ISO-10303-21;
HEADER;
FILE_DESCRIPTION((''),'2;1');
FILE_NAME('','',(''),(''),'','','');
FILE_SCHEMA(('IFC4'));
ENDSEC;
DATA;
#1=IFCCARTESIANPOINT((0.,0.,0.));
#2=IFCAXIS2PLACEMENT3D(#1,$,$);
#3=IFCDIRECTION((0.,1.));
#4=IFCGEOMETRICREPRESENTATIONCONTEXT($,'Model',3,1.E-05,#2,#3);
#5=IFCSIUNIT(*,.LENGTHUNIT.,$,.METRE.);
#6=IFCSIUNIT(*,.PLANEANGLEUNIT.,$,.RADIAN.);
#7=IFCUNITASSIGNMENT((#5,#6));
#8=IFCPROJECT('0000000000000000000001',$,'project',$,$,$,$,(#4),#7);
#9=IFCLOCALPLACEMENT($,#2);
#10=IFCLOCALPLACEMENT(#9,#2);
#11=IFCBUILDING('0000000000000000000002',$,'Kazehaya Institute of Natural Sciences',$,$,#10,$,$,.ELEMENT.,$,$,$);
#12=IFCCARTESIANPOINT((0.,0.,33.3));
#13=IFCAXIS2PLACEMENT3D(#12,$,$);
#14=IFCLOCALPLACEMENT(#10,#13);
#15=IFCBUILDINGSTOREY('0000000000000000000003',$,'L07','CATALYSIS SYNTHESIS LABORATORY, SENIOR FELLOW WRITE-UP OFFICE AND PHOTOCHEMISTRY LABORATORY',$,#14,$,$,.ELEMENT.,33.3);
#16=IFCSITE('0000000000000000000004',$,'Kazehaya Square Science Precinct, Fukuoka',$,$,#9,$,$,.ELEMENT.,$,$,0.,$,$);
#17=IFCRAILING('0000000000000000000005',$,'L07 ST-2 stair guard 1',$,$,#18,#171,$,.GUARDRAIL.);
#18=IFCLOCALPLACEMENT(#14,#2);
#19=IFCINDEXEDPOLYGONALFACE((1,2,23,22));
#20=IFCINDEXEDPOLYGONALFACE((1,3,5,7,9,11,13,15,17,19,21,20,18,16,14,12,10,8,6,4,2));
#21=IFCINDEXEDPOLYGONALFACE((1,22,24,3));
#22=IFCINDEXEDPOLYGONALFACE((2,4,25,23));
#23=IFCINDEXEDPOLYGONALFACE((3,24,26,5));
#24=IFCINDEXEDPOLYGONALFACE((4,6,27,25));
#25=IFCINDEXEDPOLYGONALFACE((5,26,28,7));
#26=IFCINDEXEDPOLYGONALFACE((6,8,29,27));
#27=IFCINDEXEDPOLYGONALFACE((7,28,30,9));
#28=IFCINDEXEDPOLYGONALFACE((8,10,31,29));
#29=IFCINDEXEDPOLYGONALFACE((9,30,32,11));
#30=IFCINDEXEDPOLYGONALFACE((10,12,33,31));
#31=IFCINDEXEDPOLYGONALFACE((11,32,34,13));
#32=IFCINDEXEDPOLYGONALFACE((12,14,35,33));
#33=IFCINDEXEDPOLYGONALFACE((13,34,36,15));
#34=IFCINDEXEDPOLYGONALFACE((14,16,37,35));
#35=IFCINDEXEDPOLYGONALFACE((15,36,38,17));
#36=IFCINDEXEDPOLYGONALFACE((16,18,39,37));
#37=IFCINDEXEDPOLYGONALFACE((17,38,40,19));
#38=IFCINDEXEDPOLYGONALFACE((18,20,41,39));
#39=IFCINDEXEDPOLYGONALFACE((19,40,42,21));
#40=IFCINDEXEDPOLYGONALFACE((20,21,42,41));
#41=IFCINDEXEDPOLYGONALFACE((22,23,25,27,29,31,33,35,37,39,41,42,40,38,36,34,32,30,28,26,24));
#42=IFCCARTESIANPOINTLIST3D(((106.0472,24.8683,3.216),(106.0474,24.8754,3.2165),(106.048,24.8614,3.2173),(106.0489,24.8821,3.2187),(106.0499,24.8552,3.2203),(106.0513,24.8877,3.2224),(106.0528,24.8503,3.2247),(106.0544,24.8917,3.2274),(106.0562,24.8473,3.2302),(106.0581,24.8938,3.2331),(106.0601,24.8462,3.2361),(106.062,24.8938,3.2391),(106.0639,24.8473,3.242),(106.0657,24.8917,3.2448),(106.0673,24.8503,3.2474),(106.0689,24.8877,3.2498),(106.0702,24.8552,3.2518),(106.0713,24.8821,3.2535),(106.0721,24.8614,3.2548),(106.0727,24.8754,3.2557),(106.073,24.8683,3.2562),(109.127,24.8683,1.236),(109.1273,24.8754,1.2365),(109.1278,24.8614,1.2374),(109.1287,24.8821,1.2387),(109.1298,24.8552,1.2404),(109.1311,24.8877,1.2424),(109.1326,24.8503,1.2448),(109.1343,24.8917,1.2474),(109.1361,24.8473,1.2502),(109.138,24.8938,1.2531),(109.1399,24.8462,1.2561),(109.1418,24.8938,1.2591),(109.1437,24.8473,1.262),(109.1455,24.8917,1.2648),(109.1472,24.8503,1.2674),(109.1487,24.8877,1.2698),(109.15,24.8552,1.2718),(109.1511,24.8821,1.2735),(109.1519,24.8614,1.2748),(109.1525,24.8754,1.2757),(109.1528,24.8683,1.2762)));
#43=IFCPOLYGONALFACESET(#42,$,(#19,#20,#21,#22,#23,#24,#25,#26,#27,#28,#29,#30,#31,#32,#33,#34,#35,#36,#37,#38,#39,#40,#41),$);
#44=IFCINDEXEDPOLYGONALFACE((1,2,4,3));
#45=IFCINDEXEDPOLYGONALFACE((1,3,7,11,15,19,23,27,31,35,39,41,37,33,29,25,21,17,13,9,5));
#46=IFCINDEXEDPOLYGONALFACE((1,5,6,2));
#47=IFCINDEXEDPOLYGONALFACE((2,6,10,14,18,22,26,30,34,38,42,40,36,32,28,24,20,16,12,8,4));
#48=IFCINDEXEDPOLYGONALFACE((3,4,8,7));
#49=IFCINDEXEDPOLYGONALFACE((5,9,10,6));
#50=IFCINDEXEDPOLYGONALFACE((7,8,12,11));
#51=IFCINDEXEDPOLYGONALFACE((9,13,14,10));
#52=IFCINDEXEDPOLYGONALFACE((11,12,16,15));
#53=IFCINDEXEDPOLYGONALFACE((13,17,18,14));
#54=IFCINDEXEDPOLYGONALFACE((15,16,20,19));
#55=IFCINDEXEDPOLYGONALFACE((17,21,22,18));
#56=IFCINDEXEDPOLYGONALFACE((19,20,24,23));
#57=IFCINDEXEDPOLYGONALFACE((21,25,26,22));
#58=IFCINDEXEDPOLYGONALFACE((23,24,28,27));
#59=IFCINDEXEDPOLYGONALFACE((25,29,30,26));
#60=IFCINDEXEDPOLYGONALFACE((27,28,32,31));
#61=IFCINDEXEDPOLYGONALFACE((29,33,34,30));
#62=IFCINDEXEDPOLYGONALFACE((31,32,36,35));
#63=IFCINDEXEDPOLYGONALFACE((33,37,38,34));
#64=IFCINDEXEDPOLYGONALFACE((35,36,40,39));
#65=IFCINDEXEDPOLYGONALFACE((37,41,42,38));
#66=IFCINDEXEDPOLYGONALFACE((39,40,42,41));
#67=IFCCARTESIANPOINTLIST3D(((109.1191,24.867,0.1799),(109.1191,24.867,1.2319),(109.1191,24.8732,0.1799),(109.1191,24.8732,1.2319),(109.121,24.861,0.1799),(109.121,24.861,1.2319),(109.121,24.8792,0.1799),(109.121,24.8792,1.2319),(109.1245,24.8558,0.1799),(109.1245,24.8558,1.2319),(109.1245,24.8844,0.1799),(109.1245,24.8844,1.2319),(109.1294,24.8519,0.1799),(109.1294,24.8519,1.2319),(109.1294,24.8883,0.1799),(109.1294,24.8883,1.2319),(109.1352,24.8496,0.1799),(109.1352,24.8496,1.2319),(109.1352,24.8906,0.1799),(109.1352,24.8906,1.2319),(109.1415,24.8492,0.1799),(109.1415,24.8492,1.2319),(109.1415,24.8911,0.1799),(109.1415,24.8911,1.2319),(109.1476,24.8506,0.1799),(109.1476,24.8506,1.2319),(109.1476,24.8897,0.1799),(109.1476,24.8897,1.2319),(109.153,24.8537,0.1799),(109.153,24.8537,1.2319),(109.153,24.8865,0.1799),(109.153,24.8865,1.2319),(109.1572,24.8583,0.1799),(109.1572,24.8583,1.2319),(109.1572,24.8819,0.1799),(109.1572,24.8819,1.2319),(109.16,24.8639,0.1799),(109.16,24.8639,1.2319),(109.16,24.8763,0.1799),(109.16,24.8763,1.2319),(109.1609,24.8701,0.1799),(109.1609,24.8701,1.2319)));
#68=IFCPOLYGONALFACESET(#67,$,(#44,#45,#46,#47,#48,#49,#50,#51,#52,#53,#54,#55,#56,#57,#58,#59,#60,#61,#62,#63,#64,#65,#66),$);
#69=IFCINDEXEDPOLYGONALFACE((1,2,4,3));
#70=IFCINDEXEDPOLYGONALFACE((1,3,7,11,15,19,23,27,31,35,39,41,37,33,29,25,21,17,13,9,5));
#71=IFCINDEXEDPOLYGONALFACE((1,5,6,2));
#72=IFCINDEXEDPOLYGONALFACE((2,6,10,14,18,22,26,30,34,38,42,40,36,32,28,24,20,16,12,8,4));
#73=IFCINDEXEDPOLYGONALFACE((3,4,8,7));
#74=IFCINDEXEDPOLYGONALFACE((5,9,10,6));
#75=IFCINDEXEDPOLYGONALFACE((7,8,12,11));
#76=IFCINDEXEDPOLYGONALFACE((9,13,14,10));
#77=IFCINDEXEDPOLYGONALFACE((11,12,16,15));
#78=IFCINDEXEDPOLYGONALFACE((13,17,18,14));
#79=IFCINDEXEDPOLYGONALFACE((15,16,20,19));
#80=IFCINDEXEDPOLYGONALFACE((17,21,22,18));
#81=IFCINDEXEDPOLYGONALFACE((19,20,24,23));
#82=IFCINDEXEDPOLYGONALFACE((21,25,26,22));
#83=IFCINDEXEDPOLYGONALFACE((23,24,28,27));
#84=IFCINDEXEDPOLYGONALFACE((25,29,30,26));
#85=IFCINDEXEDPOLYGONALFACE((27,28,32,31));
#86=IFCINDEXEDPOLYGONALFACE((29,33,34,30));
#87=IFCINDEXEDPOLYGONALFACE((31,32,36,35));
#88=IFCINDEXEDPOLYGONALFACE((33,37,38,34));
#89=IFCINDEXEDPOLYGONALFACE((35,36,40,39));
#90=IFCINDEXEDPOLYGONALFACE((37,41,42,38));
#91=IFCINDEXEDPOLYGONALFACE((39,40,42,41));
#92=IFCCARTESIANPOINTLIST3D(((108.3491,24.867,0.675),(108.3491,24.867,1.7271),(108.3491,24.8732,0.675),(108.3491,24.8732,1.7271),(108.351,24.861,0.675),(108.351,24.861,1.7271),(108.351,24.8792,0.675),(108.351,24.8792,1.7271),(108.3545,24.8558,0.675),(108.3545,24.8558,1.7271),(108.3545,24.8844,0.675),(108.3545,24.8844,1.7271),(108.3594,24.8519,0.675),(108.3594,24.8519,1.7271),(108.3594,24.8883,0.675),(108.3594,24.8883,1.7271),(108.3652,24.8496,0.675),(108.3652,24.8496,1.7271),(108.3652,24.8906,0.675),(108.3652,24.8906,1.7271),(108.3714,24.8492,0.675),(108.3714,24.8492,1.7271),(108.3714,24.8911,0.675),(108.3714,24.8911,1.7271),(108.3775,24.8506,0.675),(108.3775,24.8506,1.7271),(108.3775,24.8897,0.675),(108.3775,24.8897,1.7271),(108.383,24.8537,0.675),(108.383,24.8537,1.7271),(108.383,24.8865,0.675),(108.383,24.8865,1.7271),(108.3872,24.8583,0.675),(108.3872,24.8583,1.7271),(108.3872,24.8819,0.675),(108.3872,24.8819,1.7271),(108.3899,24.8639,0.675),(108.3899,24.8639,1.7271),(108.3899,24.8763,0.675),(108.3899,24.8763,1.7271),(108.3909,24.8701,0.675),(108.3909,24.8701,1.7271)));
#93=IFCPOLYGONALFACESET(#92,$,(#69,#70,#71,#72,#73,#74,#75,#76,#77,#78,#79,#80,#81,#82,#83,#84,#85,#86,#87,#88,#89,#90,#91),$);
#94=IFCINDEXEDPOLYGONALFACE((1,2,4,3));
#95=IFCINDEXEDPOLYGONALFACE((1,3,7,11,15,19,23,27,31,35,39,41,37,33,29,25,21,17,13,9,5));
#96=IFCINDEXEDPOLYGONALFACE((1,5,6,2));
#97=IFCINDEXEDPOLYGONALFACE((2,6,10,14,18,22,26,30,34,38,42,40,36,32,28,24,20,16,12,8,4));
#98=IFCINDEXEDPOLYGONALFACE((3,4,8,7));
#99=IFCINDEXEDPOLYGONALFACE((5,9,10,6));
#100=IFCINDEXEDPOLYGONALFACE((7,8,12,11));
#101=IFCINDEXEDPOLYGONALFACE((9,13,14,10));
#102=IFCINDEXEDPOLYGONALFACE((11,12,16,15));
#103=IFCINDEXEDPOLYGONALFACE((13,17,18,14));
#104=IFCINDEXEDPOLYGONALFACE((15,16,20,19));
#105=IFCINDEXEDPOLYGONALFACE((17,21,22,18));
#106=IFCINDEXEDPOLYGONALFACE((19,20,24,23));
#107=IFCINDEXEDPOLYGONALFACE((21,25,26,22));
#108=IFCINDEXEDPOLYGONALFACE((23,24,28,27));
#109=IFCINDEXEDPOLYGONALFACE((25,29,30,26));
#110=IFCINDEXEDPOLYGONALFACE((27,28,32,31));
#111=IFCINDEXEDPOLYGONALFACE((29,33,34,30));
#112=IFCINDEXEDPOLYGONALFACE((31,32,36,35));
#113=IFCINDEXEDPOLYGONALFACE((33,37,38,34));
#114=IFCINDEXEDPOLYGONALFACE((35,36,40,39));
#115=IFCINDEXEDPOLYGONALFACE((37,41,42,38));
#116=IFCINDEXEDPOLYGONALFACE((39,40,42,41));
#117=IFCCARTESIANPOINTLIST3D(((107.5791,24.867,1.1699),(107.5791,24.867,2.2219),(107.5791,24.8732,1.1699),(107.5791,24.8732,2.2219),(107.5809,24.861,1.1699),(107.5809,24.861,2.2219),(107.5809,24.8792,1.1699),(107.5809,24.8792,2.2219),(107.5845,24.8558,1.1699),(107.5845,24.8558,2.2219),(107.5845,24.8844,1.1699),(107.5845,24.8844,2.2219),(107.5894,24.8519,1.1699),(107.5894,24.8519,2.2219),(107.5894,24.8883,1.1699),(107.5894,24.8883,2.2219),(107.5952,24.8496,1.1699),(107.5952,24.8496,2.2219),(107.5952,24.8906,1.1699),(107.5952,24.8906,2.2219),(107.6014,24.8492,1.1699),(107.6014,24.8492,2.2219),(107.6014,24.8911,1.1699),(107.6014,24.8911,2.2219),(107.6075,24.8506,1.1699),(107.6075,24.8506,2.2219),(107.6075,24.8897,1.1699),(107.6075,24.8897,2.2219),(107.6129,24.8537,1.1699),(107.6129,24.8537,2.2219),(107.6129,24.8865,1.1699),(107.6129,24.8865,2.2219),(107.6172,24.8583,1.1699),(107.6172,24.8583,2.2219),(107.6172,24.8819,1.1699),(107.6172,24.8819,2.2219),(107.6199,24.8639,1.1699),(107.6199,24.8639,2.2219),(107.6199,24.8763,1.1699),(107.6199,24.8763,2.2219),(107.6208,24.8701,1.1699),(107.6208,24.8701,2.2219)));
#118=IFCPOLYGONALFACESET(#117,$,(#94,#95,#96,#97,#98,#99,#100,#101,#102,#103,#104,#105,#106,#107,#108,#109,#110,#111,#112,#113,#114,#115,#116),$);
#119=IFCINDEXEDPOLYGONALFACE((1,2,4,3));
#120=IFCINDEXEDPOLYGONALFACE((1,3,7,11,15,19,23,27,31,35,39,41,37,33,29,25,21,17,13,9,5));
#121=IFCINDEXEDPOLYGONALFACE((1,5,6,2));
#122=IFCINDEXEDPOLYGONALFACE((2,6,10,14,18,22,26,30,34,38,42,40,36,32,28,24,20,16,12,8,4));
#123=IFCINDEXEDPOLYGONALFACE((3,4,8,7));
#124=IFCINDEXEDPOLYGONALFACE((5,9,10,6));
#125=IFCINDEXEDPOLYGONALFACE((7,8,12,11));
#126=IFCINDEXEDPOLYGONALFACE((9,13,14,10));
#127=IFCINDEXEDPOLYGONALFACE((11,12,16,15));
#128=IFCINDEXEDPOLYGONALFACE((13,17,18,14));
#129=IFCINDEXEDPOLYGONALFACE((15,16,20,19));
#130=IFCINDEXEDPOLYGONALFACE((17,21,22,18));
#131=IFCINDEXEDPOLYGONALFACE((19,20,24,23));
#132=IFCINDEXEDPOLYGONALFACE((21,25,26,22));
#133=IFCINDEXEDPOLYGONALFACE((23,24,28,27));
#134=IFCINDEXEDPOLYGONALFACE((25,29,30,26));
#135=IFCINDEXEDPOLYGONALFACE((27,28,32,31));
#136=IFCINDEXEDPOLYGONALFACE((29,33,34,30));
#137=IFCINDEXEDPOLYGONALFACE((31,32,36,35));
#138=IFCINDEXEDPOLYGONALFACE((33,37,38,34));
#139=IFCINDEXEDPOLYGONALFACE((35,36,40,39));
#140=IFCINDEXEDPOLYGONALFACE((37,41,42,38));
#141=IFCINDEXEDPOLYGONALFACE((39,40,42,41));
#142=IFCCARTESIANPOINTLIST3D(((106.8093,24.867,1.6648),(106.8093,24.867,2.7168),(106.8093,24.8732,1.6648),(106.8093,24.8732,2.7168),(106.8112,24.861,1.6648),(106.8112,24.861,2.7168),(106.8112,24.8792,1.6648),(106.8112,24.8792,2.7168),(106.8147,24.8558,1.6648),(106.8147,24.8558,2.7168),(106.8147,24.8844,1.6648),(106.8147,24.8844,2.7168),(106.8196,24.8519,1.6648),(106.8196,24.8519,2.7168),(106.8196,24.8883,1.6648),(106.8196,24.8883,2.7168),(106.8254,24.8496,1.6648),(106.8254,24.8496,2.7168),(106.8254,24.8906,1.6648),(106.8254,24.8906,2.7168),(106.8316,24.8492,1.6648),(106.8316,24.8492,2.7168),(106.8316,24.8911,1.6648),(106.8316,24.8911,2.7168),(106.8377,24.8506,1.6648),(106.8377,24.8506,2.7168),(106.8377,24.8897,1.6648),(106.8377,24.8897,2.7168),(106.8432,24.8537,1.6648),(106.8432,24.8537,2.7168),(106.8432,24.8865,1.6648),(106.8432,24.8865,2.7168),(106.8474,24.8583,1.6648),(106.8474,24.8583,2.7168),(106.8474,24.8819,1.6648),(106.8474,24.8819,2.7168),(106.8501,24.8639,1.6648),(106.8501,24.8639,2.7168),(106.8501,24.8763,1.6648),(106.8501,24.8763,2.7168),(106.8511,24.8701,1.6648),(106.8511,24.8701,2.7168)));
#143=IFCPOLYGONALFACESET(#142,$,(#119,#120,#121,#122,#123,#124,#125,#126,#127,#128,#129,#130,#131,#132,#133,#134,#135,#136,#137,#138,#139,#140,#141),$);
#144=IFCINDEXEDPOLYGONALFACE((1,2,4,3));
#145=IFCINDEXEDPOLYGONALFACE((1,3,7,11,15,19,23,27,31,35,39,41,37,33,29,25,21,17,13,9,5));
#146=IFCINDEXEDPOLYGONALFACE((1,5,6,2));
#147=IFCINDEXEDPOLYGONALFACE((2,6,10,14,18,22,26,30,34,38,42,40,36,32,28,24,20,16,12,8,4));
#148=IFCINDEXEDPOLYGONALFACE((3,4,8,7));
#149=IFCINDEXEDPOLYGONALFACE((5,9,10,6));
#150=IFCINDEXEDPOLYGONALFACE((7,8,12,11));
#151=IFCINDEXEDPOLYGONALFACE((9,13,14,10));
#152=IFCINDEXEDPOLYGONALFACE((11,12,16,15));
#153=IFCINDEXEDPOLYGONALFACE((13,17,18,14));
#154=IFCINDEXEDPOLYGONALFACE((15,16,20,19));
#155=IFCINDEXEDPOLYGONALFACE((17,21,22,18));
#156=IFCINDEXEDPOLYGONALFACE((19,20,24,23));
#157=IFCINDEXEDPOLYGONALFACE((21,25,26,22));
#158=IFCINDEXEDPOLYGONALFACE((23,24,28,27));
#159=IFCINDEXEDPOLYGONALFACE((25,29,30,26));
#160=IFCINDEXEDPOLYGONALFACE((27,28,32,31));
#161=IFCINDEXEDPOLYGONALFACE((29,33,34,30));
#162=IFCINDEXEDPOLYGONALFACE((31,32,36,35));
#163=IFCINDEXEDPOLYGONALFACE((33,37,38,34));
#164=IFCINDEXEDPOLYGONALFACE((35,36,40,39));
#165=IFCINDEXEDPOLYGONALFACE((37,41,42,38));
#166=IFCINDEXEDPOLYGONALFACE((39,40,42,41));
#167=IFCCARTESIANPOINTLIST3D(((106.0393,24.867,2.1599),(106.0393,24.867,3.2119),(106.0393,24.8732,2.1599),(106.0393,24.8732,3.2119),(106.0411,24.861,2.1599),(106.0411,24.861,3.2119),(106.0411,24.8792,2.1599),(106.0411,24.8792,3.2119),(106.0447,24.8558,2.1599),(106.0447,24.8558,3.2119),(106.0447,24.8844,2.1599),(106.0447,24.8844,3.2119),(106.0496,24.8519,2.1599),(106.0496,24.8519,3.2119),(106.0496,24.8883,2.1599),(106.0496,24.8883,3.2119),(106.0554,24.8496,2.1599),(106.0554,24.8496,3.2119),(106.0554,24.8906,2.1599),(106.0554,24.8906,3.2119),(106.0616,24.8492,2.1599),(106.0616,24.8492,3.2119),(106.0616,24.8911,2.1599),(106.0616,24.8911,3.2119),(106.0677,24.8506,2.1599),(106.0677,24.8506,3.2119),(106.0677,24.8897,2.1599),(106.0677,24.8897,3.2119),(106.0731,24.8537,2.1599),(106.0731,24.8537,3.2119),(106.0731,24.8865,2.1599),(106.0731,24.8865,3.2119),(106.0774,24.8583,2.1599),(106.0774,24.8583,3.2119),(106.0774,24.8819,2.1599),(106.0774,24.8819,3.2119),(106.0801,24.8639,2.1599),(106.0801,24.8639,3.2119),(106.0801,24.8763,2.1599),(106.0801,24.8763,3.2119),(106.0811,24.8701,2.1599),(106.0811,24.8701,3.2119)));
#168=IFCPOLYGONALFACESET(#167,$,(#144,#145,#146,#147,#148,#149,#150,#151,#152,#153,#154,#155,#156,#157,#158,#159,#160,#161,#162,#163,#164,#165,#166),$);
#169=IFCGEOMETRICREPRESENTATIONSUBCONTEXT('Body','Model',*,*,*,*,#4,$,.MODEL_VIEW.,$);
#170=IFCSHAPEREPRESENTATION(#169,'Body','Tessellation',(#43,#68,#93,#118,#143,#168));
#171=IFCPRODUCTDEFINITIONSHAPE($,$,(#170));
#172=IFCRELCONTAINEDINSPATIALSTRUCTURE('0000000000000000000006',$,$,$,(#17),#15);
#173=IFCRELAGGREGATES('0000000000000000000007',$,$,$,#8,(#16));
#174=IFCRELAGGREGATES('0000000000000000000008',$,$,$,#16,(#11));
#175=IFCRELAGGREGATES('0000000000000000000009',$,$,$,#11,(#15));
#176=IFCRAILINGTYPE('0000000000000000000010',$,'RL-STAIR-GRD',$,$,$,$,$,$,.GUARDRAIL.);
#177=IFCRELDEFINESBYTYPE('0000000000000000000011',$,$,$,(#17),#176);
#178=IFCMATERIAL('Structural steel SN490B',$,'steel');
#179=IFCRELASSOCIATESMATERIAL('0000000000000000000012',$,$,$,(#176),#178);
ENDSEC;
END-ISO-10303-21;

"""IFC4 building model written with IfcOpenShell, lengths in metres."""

from ifc_helpers import new_model, si_unit, direction, frame, origin, origin_2d, place, context, subcontext, project, spatial, circle, extrude, material, type_object, element, save


model = new_model("IFC4")

# Units and contexts
model_context = context("Model", 3, precision=1e-05, world=origin(), true_north=direction((0.0, 1.0)))
body_context = subcontext(model_context, "Body", "Model", "MODEL_VIEW")
ifc_project = project(units=[si_unit("LENGTHUNIT", "METRE"), si_unit("PLANEANGLEUNIT", "RADIAN")], contexts=[model_context])

# Site, building, storey
site_placement = place(None, origin())
site = spatial("IfcSite", under=ifc_project, at=site_placement, Name="Kazehaya Square Science Precinct, Fukuoka", CompositionType="ELEMENT", RefElevation=0.0)
building_placement = place(site_placement, origin())
building = spatial("IfcBuilding", under=site, at=building_placement, Name="Kazehaya Institute of Natural Sciences", CompositionType="ELEMENT")
storey_placement = place(building_placement, frame((0.0, 0.0, 33.3)))
storey = spatial("IfcBuildingStorey", under=building, at=storey_placement, Name="L07", Description="CATALYSIS SYNTHESIS LABORATORY, SENIOR FELLOW WRITE-UP OFFICE AND PHOTOCHEMISTRY LABORATORY", CompositionType="ELEMENT", Elevation=33.3)

# Railing
ifc_material_1 = material(Name="Structural steel SN490B", Category="steel")
railing_type_1 = type_object("IfcRailingType", Name="RL-STAIR-GRD", PredefinedType="GUARDRAIL", material=ifc_material_1)
railing_1_placement = place(storey_placement, frame((109.1399, 24.8701, 0.1799)))
element("IfcRailing", 1, at=railing_1_placement, inside=storey, type_object=railing_type_1, Name="L07 ST-2 stair guard 1", PredefinedType="GUARDRAIL", context=body_context, shape_type="SweptSolid", body=[
    extrude(circle(Radius=0.0239, at=origin_2d()), frame((0.0, 0.0, 1.0762), z_axis=(-0.841168, 0.0, 0.540774), x_axis=(0.0, -1.0, 0.0)), (0.0, 0.0, 1.0), 3.6614),
    extrude(circle(Radius=0.021, at=origin_2d()), origin(), (0.0, 0.0, 1.0), 1.052),
    extrude(circle(Radius=0.021, at=origin_2d()), frame((-0.77, 0.0, 0.4951)), (0.0, 0.0, 1.0), 1.052),
    extrude(circle(Radius=0.021, at=origin_2d()), frame((-1.54, 0.0, 0.99)), (0.0, 0.0, 1.0), 1.052),
    extrude(circle(Radius=0.021, at=origin_2d()), frame((-2.3098, 0.0, 1.4849)), (0.0, 0.0, 1.0), 1.052),
    extrude(circle(Radius=0.021, at=origin_2d()), frame((-3.0798, 0.0, 1.98)), (0.0, 0.0, 1.0), 1.052),
])

save(model, "model.ifc")
